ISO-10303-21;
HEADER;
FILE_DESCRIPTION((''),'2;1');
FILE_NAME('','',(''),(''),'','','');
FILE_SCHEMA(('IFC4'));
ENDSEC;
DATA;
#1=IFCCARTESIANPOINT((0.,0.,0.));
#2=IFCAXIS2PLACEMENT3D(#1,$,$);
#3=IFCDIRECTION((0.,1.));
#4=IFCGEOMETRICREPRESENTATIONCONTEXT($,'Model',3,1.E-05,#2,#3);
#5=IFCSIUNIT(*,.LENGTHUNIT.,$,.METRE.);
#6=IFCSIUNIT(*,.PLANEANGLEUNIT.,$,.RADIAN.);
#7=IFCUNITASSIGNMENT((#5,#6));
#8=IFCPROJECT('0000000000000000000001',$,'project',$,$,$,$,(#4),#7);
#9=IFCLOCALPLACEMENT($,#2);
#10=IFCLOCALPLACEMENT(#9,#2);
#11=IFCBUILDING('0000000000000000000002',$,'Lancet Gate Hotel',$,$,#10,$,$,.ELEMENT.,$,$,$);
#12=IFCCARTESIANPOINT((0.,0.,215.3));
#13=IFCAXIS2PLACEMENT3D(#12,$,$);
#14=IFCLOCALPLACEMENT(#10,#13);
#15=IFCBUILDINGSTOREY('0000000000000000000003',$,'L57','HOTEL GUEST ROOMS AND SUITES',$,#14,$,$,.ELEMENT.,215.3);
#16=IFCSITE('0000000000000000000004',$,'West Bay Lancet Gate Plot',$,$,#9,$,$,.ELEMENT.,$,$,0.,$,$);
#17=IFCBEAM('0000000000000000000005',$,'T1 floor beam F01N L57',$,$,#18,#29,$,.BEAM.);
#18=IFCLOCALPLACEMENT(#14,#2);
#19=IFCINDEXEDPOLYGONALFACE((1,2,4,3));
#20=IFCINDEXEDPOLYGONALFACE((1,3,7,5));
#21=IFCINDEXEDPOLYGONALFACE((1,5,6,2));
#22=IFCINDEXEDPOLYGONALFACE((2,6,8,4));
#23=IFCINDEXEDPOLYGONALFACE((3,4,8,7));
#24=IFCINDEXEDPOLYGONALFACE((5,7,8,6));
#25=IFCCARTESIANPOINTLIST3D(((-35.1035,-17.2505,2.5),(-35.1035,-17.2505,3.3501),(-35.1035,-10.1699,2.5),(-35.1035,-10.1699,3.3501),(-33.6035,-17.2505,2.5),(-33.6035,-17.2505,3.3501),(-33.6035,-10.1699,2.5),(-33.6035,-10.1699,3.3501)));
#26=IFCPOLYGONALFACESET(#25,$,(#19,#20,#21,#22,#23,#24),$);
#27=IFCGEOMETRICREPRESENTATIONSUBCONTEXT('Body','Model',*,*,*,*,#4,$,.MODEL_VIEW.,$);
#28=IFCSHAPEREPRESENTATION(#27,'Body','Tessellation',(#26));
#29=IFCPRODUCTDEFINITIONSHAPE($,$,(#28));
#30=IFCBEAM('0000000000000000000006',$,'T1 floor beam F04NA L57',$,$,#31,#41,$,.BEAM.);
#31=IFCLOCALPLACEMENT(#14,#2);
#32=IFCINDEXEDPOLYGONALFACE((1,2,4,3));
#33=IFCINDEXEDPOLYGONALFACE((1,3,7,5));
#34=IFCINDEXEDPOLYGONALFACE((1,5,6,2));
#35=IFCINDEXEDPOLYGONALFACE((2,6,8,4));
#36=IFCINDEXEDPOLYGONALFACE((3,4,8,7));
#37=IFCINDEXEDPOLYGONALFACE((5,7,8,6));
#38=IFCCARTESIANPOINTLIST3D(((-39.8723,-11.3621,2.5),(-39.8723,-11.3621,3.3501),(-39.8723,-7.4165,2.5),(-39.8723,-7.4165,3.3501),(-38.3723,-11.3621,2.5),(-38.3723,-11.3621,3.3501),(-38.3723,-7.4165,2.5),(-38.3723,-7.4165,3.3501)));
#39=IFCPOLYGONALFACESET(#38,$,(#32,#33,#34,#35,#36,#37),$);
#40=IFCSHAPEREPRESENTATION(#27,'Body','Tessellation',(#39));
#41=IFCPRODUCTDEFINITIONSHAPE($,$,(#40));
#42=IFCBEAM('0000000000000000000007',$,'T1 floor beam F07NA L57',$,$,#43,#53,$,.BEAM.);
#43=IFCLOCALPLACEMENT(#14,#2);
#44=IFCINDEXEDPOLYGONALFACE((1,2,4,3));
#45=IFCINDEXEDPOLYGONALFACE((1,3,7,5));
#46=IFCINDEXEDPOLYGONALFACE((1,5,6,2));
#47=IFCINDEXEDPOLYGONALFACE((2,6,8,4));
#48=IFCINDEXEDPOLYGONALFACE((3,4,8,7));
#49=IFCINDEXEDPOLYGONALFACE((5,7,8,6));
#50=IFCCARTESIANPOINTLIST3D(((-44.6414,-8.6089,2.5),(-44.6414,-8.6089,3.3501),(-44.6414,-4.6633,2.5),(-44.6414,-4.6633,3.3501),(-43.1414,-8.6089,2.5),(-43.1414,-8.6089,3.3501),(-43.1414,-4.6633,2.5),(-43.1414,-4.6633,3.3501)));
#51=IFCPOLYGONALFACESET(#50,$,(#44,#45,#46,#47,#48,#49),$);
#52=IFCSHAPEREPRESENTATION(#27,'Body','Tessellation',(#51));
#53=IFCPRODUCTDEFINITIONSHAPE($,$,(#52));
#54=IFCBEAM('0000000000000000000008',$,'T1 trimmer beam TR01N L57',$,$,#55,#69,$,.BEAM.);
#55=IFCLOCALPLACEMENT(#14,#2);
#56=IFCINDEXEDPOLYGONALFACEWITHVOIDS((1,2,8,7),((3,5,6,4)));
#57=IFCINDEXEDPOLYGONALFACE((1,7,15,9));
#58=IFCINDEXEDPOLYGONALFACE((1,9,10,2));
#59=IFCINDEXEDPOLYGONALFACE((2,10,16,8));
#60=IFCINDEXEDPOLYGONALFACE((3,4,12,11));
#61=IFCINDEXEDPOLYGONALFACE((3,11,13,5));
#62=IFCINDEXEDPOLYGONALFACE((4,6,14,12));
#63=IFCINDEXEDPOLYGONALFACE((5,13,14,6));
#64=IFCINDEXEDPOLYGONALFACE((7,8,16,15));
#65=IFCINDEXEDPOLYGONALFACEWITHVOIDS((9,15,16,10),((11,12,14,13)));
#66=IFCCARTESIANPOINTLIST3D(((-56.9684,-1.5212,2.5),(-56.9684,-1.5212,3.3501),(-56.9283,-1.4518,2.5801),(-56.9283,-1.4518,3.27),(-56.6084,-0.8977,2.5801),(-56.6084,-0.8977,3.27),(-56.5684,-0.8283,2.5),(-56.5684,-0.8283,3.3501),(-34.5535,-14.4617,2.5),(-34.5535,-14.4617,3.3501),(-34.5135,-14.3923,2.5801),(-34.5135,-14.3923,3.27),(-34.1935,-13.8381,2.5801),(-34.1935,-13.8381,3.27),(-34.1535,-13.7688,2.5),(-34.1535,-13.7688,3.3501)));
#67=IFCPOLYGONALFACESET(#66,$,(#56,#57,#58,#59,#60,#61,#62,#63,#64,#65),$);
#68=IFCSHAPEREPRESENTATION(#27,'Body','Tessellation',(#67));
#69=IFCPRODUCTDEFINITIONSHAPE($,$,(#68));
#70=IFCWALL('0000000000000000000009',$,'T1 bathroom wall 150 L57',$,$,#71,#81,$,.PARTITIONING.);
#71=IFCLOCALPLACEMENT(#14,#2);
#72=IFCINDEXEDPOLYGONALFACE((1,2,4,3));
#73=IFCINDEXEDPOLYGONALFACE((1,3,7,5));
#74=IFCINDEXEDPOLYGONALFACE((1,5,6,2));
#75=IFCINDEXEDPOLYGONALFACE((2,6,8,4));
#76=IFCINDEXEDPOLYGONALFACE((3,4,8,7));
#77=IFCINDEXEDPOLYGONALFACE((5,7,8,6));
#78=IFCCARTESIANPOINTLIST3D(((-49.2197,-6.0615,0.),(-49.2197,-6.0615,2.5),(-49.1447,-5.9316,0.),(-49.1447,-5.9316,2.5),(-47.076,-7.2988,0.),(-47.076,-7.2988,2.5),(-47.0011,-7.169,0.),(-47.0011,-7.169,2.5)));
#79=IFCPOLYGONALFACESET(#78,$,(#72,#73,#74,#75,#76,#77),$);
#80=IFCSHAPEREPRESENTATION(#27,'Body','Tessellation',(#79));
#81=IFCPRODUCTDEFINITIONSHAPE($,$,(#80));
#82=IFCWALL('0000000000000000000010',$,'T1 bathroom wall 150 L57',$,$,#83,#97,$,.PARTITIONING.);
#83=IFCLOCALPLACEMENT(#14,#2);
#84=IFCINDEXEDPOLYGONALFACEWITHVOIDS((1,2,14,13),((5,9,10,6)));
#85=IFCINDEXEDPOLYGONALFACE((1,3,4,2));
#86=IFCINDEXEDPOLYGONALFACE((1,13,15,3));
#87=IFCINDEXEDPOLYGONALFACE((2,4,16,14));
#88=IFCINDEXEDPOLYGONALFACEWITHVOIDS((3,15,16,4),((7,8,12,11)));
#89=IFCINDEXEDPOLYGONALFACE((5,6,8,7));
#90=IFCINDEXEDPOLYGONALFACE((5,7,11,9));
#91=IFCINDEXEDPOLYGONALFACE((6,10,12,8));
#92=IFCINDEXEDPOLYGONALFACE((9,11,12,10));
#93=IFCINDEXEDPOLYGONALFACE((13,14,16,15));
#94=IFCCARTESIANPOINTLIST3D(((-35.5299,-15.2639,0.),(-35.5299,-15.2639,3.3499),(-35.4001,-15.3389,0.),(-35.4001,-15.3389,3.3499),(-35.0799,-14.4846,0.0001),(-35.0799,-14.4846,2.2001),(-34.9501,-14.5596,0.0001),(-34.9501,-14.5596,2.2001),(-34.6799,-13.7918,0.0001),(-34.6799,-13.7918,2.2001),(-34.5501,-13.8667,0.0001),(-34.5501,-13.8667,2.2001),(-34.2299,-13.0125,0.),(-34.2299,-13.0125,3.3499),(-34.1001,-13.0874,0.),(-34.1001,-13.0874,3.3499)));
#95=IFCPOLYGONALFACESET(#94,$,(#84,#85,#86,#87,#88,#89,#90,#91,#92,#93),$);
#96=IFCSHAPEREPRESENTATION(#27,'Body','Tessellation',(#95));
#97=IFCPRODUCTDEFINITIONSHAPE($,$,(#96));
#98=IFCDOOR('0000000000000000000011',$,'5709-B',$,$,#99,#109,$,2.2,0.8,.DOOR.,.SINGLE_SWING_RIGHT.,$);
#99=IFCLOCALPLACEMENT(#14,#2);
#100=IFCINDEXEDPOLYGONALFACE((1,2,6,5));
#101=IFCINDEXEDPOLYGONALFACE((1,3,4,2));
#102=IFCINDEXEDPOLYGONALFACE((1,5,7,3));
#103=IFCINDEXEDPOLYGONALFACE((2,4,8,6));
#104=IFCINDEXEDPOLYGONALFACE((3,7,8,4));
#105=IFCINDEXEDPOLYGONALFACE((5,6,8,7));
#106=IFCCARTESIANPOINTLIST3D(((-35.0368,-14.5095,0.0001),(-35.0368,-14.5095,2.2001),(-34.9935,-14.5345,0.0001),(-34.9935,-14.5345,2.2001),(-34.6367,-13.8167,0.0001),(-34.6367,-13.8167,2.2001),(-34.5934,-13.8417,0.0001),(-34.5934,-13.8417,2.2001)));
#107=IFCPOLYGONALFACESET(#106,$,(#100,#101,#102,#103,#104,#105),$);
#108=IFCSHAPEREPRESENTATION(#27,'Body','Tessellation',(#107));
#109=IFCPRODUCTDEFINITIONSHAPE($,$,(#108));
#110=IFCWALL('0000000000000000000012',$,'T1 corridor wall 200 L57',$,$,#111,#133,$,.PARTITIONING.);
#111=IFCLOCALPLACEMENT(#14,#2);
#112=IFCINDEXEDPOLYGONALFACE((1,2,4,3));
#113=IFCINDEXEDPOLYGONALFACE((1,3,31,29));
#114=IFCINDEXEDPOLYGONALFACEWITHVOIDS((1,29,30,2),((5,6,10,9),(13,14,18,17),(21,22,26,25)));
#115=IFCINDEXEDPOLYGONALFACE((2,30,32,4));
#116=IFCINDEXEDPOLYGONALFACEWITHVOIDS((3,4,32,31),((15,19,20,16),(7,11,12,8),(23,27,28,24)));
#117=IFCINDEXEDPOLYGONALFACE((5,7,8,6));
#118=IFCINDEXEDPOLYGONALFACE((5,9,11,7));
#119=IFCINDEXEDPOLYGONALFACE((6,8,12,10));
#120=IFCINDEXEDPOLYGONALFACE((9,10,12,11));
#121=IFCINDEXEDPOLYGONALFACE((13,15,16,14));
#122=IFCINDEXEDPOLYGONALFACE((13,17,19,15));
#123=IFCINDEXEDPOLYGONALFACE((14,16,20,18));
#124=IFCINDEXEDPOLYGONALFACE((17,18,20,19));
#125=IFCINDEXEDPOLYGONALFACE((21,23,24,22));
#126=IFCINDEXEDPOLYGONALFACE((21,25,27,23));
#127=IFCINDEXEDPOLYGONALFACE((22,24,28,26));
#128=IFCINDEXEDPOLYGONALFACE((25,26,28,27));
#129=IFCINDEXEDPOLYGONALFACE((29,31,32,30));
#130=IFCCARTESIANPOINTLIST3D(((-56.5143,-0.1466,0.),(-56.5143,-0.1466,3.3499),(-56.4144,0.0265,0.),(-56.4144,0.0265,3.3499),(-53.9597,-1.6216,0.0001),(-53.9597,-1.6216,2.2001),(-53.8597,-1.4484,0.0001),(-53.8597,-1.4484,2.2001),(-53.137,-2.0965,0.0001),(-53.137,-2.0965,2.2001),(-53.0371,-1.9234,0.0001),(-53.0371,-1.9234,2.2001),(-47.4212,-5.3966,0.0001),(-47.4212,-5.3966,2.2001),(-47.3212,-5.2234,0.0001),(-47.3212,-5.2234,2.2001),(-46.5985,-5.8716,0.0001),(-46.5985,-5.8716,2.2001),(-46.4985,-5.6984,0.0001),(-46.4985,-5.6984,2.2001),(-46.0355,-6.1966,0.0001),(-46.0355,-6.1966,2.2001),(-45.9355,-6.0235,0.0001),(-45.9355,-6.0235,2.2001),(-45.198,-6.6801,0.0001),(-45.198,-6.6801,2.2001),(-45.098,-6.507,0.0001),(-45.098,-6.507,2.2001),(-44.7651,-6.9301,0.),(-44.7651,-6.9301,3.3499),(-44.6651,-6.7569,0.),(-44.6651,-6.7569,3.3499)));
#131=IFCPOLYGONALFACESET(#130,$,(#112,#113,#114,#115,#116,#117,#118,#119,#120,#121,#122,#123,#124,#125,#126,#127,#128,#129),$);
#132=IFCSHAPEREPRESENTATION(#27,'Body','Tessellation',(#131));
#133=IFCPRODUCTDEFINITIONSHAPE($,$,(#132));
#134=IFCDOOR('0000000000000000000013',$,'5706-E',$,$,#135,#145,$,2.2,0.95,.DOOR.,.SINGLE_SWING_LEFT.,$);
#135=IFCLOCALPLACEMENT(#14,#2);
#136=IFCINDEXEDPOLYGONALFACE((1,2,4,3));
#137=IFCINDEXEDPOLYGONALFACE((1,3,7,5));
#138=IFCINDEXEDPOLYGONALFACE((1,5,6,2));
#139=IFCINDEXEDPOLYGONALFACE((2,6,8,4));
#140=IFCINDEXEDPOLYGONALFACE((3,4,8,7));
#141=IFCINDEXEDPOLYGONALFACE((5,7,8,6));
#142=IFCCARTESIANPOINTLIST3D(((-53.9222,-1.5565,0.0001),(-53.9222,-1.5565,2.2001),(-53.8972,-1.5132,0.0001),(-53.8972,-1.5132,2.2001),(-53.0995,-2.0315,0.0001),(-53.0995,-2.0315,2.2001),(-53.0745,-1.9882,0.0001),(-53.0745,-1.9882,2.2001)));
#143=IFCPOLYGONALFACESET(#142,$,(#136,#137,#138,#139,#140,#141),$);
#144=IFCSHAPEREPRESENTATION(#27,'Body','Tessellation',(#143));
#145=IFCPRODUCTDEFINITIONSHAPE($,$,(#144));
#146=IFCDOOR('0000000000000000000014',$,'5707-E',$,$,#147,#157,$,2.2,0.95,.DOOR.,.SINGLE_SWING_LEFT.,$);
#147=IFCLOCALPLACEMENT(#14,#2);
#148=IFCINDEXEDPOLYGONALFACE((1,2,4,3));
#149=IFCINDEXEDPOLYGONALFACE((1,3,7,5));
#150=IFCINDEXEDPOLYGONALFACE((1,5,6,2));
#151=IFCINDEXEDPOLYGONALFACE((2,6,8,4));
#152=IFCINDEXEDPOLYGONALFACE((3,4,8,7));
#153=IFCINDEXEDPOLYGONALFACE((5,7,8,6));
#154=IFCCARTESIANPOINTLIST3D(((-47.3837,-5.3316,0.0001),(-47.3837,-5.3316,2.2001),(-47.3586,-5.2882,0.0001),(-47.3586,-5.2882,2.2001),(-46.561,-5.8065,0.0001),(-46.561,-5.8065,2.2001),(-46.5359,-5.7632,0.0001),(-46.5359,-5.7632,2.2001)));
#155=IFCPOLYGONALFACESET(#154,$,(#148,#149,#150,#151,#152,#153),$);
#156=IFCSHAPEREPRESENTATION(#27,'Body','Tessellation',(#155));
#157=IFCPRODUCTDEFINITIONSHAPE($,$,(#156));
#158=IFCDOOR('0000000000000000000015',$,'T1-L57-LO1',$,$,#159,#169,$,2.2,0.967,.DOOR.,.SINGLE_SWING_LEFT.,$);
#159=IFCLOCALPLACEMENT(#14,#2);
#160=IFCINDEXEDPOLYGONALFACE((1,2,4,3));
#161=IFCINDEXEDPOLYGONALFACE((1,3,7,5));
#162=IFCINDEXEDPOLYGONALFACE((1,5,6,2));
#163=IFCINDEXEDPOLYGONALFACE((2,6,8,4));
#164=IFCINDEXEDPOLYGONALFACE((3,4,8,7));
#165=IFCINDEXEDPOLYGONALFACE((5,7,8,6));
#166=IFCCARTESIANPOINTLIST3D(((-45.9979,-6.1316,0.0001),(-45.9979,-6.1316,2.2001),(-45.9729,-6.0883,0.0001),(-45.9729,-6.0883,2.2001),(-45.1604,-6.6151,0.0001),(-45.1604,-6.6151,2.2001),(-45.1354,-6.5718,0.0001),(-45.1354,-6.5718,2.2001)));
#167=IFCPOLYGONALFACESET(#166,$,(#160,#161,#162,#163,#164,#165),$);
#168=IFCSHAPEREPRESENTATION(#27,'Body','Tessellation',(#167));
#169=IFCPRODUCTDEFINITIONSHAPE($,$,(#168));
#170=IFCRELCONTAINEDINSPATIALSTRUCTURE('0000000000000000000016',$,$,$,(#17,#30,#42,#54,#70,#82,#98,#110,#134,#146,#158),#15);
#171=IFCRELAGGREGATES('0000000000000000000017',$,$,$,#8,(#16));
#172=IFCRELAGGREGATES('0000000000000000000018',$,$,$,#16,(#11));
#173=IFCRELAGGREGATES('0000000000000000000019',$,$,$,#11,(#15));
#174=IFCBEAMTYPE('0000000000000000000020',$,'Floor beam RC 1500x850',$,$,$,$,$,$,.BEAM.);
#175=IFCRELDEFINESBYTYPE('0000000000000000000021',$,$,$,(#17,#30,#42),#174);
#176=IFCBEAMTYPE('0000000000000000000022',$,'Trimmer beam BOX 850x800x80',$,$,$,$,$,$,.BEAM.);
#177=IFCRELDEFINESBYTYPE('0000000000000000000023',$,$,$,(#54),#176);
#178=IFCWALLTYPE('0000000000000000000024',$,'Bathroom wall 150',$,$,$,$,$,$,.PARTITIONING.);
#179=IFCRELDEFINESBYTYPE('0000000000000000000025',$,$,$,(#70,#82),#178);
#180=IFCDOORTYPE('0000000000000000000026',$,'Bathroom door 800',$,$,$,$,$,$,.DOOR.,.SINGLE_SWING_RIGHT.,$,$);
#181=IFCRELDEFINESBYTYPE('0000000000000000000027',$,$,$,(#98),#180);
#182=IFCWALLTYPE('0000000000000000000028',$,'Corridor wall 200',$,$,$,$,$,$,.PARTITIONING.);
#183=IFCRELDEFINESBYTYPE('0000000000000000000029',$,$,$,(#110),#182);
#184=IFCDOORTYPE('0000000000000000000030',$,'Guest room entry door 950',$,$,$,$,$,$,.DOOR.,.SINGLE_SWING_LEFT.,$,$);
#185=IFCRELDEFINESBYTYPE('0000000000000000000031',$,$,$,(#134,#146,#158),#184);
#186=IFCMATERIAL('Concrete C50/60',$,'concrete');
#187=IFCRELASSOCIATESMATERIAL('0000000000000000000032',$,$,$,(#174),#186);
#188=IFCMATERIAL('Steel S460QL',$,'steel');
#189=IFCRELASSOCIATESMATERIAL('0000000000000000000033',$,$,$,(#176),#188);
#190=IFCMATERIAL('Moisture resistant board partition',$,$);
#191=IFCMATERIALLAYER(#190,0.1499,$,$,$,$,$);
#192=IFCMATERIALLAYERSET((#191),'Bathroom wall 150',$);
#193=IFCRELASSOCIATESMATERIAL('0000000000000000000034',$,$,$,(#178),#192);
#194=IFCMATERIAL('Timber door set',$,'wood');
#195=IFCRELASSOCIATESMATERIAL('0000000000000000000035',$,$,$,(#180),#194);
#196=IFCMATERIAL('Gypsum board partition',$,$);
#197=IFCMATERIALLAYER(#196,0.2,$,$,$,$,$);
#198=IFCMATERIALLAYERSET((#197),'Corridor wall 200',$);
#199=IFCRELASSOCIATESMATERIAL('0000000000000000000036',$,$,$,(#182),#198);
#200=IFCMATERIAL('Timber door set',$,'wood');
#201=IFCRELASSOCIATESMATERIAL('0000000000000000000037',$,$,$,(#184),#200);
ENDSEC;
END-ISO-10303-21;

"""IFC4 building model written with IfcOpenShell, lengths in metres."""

from ifc_helpers import new_model, si_unit, direction, frame, frame_2d, origin, origin_2d, place, context, subcontext, project, spatial, rectangle, hollow_rectangle, extrude, material, layer, layer_set, material_profile, profile_set, type_object, element, fill, save


model = new_model("IFC4")

# Units and contexts
model_context = context("Model", 3, precision=1e-05, world=origin(), true_north=direction((0.0, 1.0)))
body_context = subcontext(model_context, "Body", "Model", "MODEL_VIEW")
ifc_project = project(units=[si_unit("LENGTHUNIT", "METRE"), si_unit("PLANEANGLEUNIT", "RADIAN")], contexts=[model_context])

# Site, building, storey
site_placement = place(None, origin())
site = spatial("IfcSite", under=ifc_project, at=site_placement, Name="West Bay Lancet Gate Plot", CompositionType="ELEMENT", RefElevation=0.0)
building_placement = place(site_placement, origin())
building = spatial("IfcBuilding", under=site, at=building_placement, Name="Lancet Gate Hotel", CompositionType="ELEMENT")
storey_placement = place(building_placement, frame((0.0, 0.0, 215.3)))
storey = spatial("IfcBuildingStorey", under=building, at=storey_placement, Name="L57", Description="HOTEL GUEST ROOMS AND SUITES", CompositionType="ELEMENT", Elevation=215.3)

# Beams
ifc_material_1 = material(Name="Concrete C50/60", Category="concrete")
ifc_material_profile_1 = material_profile(ifc_material_1, rectangle(XDim=1.5, YDim=0.8501, at=origin_2d()), Name="RC 1500x850")
ifc_profile_set_1 = profile_set([ifc_material_profile_1], Name="Concrete C50/60")
beam_type_1 = type_object("IfcBeamType", Name="Floor beam RC 1500x850", PredefinedType="BEAM", material=ifc_profile_set_1)
beam_1_placement = place(storey_placement, frame((-34.3535, -10.1699, 2.925), z_axis=(0.0, -1.0, 0.0), x_axis=(1.0, 0.0, 0.0)))
element("IfcBeam", 1, at=beam_1_placement, inside=storey, type_object=beam_type_1, Name="T1 floor beam F01N L57", PredefinedType="BEAM", context=body_context, shape_type="SweptSolid", body=[
    extrude(rectangle(XDim=1.5, YDim=0.8501, at=origin_2d()), origin(), (0.0, 0.0, 1.0), 7.0806),
])
for number, where, z_axis, x_axis, name in (
    (2, (-39.1223, -7.4165, 2.925), (0.0, -1.0, 0.0), (1.0, 0.0, 0.0), "T1 floor beam F04NA L57"),
    (3, (-43.8914, -4.6633, 2.925), (0.0, -1.0, 0.0), (1.0, 0.0, 0.0), "T1 floor beam F07NA L57"),
):
    element("IfcBeam", number, at=place(storey_placement, frame(where, z_axis=z_axis, x_axis=x_axis)), inside=storey, type_object=beam_type_1, Name=name, PredefinedType="BEAM", context=body_context, shape_type="SweptSolid", body=[
        extrude(rectangle(XDim=1.5, YDim=0.8501, at=origin_2d()), origin(), (0.0, 0.0, 1.0), 3.9456),
    ])
ifc_material_2 = material(Name="Steel S460QL", Category="steel")
ifc_material_profile_2 = material_profile(ifc_material_2, hollow_rectangle(XDim=0.8, YDim=0.8501, WallThickness=0.0801, at=origin_2d()), Name="BOX 850x800x80")
ifc_profile_set_2 = profile_set([ifc_material_profile_2], Name="Steel S460QL")
beam_type_2 = type_object("IfcBeamType", Name="Trimmer beam BOX 850x800x80", PredefinedType="BEAM", material=ifc_profile_set_2)
beam_2_placement = place(storey_placement, frame((-34.3535, -14.1152, 2.925), z_axis=(-0.866038, 0.499978, 0.0), x_axis=(-0.499978, -0.866038, 0.0)))
element("IfcBeam", 4, at=beam_2_placement, inside=storey, type_object=beam_type_2, Name="T1 trimmer beam TR01N L57", PredefinedType="BEAM", context=body_context, shape_type="SweptSolid", body=[
    extrude(hollow_rectangle(XDim=0.8, YDim=0.8501, WallThickness=0.0801, at=origin_2d()), origin(), (0.0, 0.0, 1.0), 25.8821),
])

# Wall
ifc_material_3 = material(Name="Moisture resistant board partition")
ifc_layer_1 = layer(ifc_material_3, 0.1499)
ifc_layer_set_1 = layer_set([ifc_layer_1], Name="Bathroom wall 150")
wall_type_1 = type_object("IfcWallType", Name="Bathroom wall 150", PredefinedType="PARTITIONING", material=ifc_layer_set_1)
wall_1_placement = place(storey_placement, frame((-47.0386, -7.2339, 0.0), z_axis=(0.0, 0.0, 1.0), x_axis=(-0.866074, 0.499916, 0.0)))
element("IfcWall", 5, at=wall_1_placement, inside=storey, type_object=wall_type_1, Name="T1 bathroom wall 150 L57", PredefinedType="PARTITIONING", context=body_context, shape_type="SweptSolid", body=[
    extrude(rectangle(XDim=2.4751, YDim=0.1499, at=frame_2d((1.2375, 0.0))), origin(), (0.0, 0.0, 1.0), 2.5),
])

# Wall, opening, door
wall_2_placement = place(storey_placement, frame((-34.165, -13.05, 0.0), z_axis=(0.0, 0.0, 1.0), x_axis=(-0.500048, -0.865998, 0.0)))
wall_2 = element("IfcWall", 6, at=wall_2_placement, inside=storey, type_object=wall_type_1, Name="T1 bathroom wall 150 L57", PredefinedType="PARTITIONING", context=body_context, shape_type="SweptSolid", body=[
    extrude(rectangle(XDim=2.5999, YDim=0.1499, at=frame_2d((1.2998, 0.0))), origin(), (0.0, 0.0, 1.0), 3.3499),
])
opening_1_placement = place(wall_2_placement, frame((0.8999, 0.0, 0.0)))
opening_1 = element("IfcOpeningElement", 7, at=opening_1_placement, cuts=wall_2, PredefinedType="OPENING", context=body_context, shape_type="SweptSolid", body=[
    extrude(rectangle(XDim=0.8, YDim=2.2, at=frame_2d((0.3999, 1.1001))), frame((0.0, 0.085, 0.0), z_axis=(0.0, -1.0, 0.0), x_axis=(1.0, 0.0, 0.0)), (0.0, 0.0, 1.0), 0.1699),
])
ifc_material_4 = material(Name="Timber door set", Category="wood")
door_type_1 = type_object("IfcDoorType", Name="Bathroom door 800", OperationType="SINGLE_SWING_RIGHT", PredefinedType="DOOR", material=ifc_material_4)
door_1_placement = place(opening_1_placement, origin())
door_1 = element("IfcDoor", 8, at=door_1_placement, inside=storey, type_object=door_type_1, Name="5709-B", OperationType="SINGLE_SWING_RIGHT", OverallHeight=2.2, OverallWidth=0.8, PredefinedType="DOOR", context=body_context, shape_type="SweptSolid", body=[
    extrude(rectangle(XDim=0.8, YDim=2.2, at=frame_2d((0.3999, 1.1001))), frame((0.0, 0.0249, 0.0), z_axis=(0.0, -1.0, 0.0), x_axis=(1.0, 0.0, 0.0)), (0.0, 0.0, 1.0), 0.05),
])
fill(opening_1, door_1)

# Wall, openings, doors
ifc_material_5 = material(Name="Gypsum board partition")
ifc_layer_2 = layer(ifc_material_5, 0.2)
ifc_layer_set_2 = layer_set([ifc_layer_2], Name="Corridor wall 200")
wall_type_2 = type_object("IfcWallType", Name="Corridor wall 200", PredefinedType="PARTITIONING", material=ifc_layer_set_2)
wall_3_placement = place(storey_placement, frame((-44.7151, -6.8435, 0.0), z_axis=(0.0, 0.0, 1.0), x_axis=(-0.866025, 0.5, 0.0)))
wall_3 = element("IfcWall", 9, at=wall_3_placement, inside=storey, type_object=wall_type_2, Name="T1 corridor wall 200 L57", PredefinedType="PARTITIONING", context=body_context, shape_type="SweptSolid", body=[
    extrude(rectangle(XDim=13.5669, YDim=0.2, at=frame_2d((6.7834, 0.0))), origin(), (0.0, 0.0, 1.0), 3.3499),
])
opening_2_placement = place(wall_3_placement, frame((9.667, 0.0, 0.0)))
opening_2 = element("IfcOpeningElement", 10, at=opening_2_placement, cuts=wall_3, PredefinedType="OPENING", context=body_context, shape_type="SweptSolid", body=[
    extrude(rectangle(XDim=0.95, YDim=2.2, at=frame_2d((0.4751, 1.1001))), frame((0.0, 0.1099, 0.0), z_axis=(0.0, -1.0, 0.0), x_axis=(1.0, 0.0, 0.0)), (0.0, 0.0, 1.0), 0.22),
])
opening_3_placement = place(wall_3_placement, frame((2.1169, 0.0, 0.0)))
opening_3 = element("IfcOpeningElement", 11, at=opening_3_placement, cuts=wall_3, PredefinedType="OPENING", context=body_context, shape_type="SweptSolid", body=[
    extrude(rectangle(XDim=0.95, YDim=2.2, at=frame_2d((0.4751, 1.1001))), frame((0.0, 0.1099, 0.0), z_axis=(0.0, -1.0, 0.0), x_axis=(1.0, 0.0, 0.0)), (0.0, 0.0, 1.0), 0.22),
])
opening_4_placement = place(wall_3_placement, frame((0.5, 0.0, 0.0)))
opening_4 = element("IfcOpeningElement", 12, at=opening_4_placement, cuts=wall_3, PredefinedType="OPENING", context=body_context, shape_type="SweptSolid", body=[
    extrude(rectangle(XDim=0.967, YDim=2.2, at=frame_2d((0.4834, 1.1001))), frame((0.0, 0.1099, 0.0), z_axis=(0.0, -1.0, 0.0), x_axis=(1.0, 0.0, 0.0)), (0.0, 0.0, 1.0), 0.22),
])
ifc_material_6 = material(Name="Timber door set", Category="wood")
door_type_2 = type_object("IfcDoorType", Name="Guest room entry door 950", OperationType="SINGLE_SWING_LEFT", PredefinedType="DOOR", material=ifc_material_6)
door_2_placement = place(opening_2_placement, origin())
door_2 = element("IfcDoor", 13, at=door_2_placement, inside=storey, type_object=door_type_2, Name="5706-E", OperationType="SINGLE_SWING_LEFT", OverallHeight=2.2, OverallWidth=0.95, PredefinedType="DOOR", context=body_context, shape_type="SweptSolid", body=[
    extrude(rectangle(XDim=0.95, YDim=2.2, at=frame_2d((0.4751, 1.1001))), frame((0.0, 0.0249, 0.0), z_axis=(0.0, -1.0, 0.0), x_axis=(1.0, 0.0, 0.0)), (0.0, 0.0, 1.0), 0.05),
])
fill(opening_2, door_2)
door_3_placement = place(opening_3_placement, origin())
door_3 = element("IfcDoor", 14, at=door_3_placement, inside=storey, type_object=door_type_2, Name="5707-E", OperationType="SINGLE_SWING_LEFT", OverallHeight=2.2, OverallWidth=0.95, PredefinedType="DOOR", context=body_context, shape_type="SweptSolid", body=[
    extrude(rectangle(XDim=0.95, YDim=2.2, at=frame_2d((0.4751, 1.1001))), frame((0.0, 0.0249, 0.0), z_axis=(0.0, -1.0, 0.0), x_axis=(1.0, 0.0, 0.0)), (0.0, 0.0, 1.0), 0.05),
])
fill(opening_3, door_3)
door_4_placement = place(opening_4_placement, origin())
door_4 = element("IfcDoor", 15, at=door_4_placement, inside=storey, type_object=door_type_2, Name="T1-L57-LO1", OperationType="SINGLE_SWING_LEFT", OverallHeight=2.2, OverallWidth=0.967, PredefinedType="DOOR", context=body_context, shape_type="SweptSolid", body=[
    extrude(rectangle(XDim=0.967, YDim=2.2, at=frame_2d((0.4834, 1.1001))), frame((0.0, 0.0249, 0.0), z_axis=(0.0, -1.0, 0.0), x_axis=(1.0, 0.0, 0.0)), (0.0, 0.0, 1.0), 0.05),
])
fill(opening_4, door_4)

save(model, "model.ifc")
